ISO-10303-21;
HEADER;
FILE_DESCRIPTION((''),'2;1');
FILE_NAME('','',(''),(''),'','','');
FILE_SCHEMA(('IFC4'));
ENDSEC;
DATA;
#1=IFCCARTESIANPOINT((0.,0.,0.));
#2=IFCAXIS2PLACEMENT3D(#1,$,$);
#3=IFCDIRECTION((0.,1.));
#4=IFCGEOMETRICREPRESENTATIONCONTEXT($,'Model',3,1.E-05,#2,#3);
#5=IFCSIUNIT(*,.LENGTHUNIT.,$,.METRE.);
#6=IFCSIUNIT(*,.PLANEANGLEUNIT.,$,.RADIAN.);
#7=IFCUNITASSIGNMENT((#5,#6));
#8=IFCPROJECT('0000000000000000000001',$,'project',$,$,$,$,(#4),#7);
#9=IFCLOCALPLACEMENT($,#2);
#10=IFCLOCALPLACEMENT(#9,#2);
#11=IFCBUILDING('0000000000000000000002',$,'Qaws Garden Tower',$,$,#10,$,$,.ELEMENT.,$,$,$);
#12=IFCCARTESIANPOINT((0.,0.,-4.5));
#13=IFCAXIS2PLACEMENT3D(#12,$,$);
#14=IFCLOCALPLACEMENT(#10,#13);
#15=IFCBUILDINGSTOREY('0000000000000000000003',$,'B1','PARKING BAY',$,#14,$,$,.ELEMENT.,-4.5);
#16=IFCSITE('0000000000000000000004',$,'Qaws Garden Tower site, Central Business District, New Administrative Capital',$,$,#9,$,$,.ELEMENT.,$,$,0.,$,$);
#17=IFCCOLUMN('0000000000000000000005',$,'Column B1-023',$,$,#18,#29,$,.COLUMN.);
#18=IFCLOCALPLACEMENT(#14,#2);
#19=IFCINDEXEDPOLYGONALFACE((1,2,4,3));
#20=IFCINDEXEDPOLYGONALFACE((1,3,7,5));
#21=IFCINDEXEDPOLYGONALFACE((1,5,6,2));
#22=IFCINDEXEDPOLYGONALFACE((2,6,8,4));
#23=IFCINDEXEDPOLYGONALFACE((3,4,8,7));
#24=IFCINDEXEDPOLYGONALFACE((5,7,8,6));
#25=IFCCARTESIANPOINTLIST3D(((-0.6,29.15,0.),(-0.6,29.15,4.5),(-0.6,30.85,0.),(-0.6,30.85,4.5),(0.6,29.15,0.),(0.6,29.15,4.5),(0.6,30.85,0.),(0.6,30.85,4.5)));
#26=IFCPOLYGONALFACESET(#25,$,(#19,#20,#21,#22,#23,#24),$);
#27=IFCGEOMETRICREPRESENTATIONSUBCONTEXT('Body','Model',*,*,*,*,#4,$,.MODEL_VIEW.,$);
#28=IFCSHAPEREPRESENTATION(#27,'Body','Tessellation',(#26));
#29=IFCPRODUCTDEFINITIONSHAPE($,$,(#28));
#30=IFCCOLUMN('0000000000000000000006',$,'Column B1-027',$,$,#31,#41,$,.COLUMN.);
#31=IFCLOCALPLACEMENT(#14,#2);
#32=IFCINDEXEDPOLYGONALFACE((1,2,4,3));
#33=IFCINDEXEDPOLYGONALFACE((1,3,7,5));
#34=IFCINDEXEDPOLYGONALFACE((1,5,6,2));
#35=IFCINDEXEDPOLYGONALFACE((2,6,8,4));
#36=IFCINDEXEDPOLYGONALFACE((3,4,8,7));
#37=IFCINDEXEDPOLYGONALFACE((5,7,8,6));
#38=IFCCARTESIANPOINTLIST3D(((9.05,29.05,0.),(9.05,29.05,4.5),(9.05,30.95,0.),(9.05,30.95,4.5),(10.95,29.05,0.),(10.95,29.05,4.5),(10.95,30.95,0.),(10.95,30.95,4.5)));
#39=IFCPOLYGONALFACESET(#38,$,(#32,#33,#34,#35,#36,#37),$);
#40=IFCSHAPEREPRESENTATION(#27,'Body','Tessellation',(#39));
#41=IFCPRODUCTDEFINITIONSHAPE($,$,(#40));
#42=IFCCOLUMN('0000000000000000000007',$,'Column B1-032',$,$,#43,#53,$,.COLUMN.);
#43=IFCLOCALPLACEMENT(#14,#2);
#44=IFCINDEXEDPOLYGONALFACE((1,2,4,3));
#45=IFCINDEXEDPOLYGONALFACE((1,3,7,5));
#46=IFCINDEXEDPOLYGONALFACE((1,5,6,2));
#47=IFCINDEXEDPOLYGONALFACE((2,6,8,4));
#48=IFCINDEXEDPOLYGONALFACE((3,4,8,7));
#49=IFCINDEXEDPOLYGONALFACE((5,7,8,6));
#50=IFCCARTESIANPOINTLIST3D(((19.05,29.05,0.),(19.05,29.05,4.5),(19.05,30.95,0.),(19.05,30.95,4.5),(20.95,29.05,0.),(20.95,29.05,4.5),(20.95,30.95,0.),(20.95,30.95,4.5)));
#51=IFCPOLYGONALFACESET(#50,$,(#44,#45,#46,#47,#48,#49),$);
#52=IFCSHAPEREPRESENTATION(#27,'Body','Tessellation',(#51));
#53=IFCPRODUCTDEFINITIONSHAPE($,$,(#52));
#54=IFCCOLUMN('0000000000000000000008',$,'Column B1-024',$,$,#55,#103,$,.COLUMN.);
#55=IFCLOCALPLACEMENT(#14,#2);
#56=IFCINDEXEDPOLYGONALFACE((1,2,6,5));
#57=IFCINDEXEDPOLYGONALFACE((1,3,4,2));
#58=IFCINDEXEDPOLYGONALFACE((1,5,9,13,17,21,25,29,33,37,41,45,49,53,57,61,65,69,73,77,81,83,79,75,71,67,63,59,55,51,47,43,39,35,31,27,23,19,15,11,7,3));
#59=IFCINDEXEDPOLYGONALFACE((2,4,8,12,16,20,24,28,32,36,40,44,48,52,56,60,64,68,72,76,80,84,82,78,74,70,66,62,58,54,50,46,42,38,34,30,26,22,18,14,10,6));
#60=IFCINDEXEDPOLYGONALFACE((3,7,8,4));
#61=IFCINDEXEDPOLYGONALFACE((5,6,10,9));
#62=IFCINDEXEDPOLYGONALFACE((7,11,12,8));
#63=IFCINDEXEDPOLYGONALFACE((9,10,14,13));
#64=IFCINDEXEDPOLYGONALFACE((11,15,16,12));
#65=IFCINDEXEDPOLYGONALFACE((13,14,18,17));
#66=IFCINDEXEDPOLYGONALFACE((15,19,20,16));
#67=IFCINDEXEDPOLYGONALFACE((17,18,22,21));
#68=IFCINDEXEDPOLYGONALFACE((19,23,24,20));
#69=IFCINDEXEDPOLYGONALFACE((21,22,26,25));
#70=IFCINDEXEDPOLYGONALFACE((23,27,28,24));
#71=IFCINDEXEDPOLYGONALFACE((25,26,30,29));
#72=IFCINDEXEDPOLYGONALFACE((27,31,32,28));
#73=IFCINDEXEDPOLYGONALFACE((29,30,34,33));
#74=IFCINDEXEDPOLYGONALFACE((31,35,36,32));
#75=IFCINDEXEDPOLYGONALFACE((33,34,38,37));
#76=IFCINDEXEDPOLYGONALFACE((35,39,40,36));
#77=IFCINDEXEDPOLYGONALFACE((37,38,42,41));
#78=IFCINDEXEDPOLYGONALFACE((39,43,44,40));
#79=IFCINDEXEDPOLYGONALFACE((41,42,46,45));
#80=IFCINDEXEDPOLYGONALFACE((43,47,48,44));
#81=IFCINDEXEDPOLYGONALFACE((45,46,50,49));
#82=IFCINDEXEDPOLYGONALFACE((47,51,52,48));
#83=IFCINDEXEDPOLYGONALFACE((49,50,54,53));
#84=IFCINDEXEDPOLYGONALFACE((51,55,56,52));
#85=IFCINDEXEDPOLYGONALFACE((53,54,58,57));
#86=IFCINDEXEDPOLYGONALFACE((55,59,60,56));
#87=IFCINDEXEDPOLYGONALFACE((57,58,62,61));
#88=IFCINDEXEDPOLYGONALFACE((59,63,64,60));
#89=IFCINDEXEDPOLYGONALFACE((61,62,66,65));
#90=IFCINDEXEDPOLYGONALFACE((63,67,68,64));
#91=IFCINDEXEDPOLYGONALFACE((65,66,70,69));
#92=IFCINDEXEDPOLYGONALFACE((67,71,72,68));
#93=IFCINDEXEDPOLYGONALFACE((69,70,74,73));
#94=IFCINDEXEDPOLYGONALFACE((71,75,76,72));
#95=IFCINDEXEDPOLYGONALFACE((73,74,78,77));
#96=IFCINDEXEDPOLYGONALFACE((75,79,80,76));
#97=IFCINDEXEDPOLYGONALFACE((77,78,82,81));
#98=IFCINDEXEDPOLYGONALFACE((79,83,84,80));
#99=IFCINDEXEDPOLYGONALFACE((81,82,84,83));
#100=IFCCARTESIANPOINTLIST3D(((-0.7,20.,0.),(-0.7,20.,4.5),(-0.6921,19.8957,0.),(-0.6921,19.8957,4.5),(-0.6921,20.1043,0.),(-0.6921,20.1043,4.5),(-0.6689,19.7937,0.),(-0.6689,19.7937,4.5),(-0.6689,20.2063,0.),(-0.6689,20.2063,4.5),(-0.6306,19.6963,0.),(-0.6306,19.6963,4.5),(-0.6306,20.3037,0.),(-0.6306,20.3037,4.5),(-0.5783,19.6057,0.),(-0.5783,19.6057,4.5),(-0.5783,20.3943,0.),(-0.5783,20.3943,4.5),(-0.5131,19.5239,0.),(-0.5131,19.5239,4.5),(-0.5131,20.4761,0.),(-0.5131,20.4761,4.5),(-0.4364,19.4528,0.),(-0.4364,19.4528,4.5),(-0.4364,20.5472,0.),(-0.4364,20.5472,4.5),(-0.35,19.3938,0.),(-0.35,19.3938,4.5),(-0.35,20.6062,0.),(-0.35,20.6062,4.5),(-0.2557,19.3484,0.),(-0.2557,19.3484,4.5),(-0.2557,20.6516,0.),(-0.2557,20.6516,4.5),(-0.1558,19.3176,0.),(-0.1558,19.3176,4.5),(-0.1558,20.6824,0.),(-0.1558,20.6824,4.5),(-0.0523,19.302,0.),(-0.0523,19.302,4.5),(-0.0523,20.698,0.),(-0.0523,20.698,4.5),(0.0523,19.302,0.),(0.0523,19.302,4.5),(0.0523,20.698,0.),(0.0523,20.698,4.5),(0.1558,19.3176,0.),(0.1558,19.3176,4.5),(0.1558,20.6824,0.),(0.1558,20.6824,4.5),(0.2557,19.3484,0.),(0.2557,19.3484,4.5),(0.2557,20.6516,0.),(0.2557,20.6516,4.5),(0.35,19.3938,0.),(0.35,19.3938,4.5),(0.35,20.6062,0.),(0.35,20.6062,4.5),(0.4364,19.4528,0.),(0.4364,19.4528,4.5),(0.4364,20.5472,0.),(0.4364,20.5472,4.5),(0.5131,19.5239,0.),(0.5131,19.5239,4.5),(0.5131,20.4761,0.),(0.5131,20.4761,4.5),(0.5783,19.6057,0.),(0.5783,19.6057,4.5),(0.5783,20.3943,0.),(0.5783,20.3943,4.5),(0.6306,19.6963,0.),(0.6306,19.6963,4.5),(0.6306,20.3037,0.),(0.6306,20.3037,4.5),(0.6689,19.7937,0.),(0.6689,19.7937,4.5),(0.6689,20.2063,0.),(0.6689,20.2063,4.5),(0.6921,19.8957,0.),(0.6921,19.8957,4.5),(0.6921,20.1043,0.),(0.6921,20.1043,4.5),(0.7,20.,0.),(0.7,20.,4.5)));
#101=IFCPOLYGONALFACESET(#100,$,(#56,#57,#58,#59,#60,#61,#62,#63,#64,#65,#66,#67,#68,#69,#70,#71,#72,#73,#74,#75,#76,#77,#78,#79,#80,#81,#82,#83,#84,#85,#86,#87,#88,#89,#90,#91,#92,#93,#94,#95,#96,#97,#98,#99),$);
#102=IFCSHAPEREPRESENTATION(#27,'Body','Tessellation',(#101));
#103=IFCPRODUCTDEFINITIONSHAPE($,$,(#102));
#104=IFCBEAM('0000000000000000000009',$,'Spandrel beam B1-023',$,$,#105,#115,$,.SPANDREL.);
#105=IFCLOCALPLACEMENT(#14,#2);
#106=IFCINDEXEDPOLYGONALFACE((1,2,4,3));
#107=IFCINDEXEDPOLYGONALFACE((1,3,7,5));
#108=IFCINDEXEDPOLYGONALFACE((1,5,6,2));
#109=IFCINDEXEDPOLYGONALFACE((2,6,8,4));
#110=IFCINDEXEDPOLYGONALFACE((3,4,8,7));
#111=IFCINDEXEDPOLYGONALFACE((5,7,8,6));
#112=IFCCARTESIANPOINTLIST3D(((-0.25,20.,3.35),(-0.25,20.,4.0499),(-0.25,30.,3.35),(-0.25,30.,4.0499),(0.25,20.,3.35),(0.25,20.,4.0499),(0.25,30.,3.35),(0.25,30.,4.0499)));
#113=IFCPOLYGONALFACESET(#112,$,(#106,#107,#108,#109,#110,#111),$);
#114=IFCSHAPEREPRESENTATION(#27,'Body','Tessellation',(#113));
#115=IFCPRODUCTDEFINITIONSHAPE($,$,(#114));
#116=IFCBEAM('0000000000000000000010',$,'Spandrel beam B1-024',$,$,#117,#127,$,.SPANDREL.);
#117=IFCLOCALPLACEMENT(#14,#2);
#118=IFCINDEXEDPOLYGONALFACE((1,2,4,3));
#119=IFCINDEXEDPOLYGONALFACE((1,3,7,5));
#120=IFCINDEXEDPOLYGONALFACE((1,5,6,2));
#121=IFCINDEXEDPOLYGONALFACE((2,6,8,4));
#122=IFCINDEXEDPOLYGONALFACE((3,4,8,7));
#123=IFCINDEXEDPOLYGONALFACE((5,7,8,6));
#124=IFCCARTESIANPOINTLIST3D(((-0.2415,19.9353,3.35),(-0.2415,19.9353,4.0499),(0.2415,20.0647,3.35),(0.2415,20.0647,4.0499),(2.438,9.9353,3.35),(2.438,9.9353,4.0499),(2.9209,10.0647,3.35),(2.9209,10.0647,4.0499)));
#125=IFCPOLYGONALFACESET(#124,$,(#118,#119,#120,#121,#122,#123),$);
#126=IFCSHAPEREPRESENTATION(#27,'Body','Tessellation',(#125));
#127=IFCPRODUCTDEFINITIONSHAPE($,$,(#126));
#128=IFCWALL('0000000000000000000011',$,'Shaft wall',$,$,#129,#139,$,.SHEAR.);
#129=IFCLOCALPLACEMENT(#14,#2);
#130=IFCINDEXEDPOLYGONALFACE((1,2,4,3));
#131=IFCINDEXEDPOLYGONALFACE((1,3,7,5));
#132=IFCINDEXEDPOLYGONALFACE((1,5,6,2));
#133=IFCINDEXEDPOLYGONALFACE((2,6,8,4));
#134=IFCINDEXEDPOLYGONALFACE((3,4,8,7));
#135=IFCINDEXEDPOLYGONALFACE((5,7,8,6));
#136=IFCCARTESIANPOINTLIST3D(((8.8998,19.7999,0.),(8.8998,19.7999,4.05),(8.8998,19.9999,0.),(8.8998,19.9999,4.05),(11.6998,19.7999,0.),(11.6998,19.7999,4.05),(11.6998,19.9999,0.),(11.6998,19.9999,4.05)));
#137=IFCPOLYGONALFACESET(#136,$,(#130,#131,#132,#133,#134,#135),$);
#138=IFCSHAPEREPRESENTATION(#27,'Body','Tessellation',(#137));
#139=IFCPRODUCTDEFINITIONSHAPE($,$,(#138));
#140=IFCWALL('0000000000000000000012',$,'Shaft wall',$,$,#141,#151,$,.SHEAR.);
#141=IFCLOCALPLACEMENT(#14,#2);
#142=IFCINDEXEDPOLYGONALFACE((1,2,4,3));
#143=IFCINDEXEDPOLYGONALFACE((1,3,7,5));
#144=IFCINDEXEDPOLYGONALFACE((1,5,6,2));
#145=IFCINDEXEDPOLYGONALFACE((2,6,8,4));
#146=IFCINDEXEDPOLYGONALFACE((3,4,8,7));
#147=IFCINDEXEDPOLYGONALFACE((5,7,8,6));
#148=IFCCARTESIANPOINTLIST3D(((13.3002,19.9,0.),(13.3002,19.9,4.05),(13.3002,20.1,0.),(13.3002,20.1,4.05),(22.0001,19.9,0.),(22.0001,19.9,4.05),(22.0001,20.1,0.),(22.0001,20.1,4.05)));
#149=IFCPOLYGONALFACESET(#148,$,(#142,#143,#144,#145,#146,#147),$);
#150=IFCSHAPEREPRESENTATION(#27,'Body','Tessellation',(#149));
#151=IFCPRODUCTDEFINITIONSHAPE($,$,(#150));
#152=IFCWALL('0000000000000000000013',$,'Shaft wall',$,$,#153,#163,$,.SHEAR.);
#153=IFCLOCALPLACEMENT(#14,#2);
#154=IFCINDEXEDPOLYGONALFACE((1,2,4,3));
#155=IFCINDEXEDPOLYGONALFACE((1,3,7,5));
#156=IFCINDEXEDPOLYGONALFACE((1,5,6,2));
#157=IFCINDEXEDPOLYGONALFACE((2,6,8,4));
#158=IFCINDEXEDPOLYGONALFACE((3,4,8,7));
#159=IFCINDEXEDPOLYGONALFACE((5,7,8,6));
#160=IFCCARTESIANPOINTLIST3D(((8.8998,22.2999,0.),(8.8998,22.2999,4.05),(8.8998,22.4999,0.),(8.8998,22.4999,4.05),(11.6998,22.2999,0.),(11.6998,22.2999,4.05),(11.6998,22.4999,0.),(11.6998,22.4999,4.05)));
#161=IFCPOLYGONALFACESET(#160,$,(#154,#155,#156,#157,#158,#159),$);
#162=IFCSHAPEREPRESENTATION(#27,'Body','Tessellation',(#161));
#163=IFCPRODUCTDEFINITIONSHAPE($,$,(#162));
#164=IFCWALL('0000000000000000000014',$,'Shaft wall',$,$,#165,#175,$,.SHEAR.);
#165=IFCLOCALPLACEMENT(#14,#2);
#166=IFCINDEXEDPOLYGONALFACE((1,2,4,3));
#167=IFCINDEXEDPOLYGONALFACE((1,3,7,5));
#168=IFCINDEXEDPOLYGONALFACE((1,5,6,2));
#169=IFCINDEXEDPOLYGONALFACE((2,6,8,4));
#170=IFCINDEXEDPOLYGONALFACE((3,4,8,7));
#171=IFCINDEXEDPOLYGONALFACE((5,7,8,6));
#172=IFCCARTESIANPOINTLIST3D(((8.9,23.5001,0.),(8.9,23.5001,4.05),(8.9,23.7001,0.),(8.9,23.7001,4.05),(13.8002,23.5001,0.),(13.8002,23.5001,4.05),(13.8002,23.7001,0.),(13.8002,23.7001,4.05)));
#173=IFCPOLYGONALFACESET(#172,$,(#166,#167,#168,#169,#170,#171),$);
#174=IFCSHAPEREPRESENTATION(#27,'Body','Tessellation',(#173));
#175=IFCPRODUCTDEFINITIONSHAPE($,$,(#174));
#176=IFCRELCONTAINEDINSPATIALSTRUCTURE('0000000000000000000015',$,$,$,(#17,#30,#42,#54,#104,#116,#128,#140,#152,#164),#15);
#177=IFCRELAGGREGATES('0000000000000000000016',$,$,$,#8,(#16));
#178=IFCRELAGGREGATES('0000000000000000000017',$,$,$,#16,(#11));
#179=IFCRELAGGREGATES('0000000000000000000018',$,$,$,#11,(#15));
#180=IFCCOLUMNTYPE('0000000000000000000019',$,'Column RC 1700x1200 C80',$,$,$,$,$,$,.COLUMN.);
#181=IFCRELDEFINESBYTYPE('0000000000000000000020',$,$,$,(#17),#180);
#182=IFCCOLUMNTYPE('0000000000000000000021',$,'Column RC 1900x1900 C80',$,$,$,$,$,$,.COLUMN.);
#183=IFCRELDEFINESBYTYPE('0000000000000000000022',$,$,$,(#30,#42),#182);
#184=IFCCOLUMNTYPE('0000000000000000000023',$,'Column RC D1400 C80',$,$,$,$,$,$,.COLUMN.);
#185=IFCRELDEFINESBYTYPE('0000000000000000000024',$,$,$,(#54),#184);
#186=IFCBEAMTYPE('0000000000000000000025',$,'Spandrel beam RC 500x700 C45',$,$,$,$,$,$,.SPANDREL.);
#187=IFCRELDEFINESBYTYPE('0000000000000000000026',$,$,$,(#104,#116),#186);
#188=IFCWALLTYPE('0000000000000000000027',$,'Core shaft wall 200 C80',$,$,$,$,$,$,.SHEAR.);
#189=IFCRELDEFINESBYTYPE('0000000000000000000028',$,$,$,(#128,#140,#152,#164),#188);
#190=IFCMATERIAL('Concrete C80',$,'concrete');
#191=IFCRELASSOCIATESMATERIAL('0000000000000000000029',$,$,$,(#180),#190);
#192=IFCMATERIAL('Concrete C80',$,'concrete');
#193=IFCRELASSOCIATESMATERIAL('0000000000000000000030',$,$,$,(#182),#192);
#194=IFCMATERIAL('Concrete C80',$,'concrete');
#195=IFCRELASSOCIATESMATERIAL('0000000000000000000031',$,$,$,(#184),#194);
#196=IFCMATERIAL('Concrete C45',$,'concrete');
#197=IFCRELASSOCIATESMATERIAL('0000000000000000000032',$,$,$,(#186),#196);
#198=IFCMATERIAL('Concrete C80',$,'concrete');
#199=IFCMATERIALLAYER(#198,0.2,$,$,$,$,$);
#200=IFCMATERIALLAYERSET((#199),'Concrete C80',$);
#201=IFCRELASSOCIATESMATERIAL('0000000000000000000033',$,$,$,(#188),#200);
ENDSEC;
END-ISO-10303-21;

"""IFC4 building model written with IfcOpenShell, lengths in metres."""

from ifc_helpers import new_model, si_unit, direction, frame, frame_2d, origin, origin_2d, place, context, subcontext, project, spatial, rectangle, circle, extrude, material, layer, layer_set, material_profile, profile_set, type_object, element, save


model = new_model("IFC4")

# Units and contexts
model_context = context("Model", 3, precision=1e-05, world=origin(), true_north=direction((0.0, 1.0)))
body_context = subcontext(model_context, "Body", "Model", "MODEL_VIEW")
ifc_project = project(units=[si_unit("LENGTHUNIT", "METRE"), si_unit("PLANEANGLEUNIT", "RADIAN")], contexts=[model_context])

# Site, building, storey
site_placement = place(None, origin())
site = spatial("IfcSite", under=ifc_project, at=site_placement, Name="Qaws Garden Tower site, Central Business District, New Administrative Capital", CompositionType="ELEMENT", RefElevation=0.0)
building_placement = place(site_placement, origin())
building = spatial("IfcBuilding", under=site, at=building_placement, Name="Qaws Garden Tower", CompositionType="ELEMENT")
storey_placement = place(building_placement, frame((0.0, 0.0, -4.5)))
storey = spatial("IfcBuildingStorey", under=building, at=storey_placement, Name="B1", Description="PARKING BAY", CompositionType="ELEMENT", Elevation=-4.5)

# Columns
ifc_material_1 = material(Name="Concrete C80", Category="concrete")
ifc_material_profile_1 = material_profile(ifc_material_1, rectangle(XDim=1.7, YDim=1.2, at=origin_2d()), Name="RC 1700x1200")
ifc_profile_set_1 = profile_set([ifc_material_profile_1], Name="Concrete C80")
column_type_1 = type_object("IfcColumnType", Name="Column RC 1700x1200 C80", PredefinedType="COLUMN", material=ifc_profile_set_1)
column_1_placement = place(storey_placement, frame((0.0, 30.0, 0.0), z_axis=(0.0, 0.0, 1.0), x_axis=(0.0, 1.0, 0.0)))
element("IfcColumn", 1, at=column_1_placement, inside=storey, type_object=column_type_1, Name="Column B1-023", PredefinedType="COLUMN", context=body_context, shape_type="SweptSolid", body=[
    extrude(rectangle(XDim=1.7, YDim=1.2, at=origin_2d()), origin(), (0.0, 0.0, 1.0), 4.5),
])
ifc_material_2 = material(Name="Concrete C80", Category="concrete")
ifc_material_profile_2 = material_profile(ifc_material_2, rectangle(XDim=1.8999, YDim=1.8999, at=origin_2d()), Name="RC 1900x1900")
ifc_profile_set_2 = profile_set([ifc_material_profile_2], Name="Concrete C80")
column_type_2 = type_object("IfcColumnType", Name="Column RC 1900x1900 C80", PredefinedType="COLUMN", material=ifc_profile_set_2)
for number, where, z_axis, x_axis, name in (
    (2, (10.0, 30.0, 0.0), (0.0, 0.0, 1.0), (1.0, 0.0, 0.0), "Column B1-027"),
    (3, (20.0, 30.0, 0.0), (0.0, 0.0, 1.0), (1.0, 0.0, 0.0), "Column B1-032"),
):
    element("IfcColumn", number, at=place(storey_placement, frame(where, z_axis=z_axis, x_axis=x_axis)), inside=storey, type_object=column_type_2, Name=name, PredefinedType="COLUMN", context=body_context, shape_type="SweptSolid", body=[
        extrude(rectangle(XDim=1.8999, YDim=1.8999, at=origin_2d()), origin(), (0.0, 0.0, 1.0), 4.5),
    ])
ifc_material_3 = material(Name="Concrete C80", Category="concrete")
ifc_material_profile_3 = material_profile(ifc_material_3, circle(Radius=0.7, at=origin_2d()), Name="RC D1400")
ifc_profile_set_3 = profile_set([ifc_material_profile_3], Name="Concrete C80")
column_type_3 = type_object("IfcColumnType", Name="Column RC D1400 C80", PredefinedType="COLUMN", material=ifc_profile_set_3)
column_2_placement = place(storey_placement, frame((0.0, 20.0, 0.0), z_axis=(0.0, 0.0, 1.0), x_axis=(1.0, 0.0, 0.0)))
element("IfcColumn", 4, at=column_2_placement, inside=storey, type_object=column_type_3, Name="Column B1-024", PredefinedType="COLUMN", context=body_context, shape_type="SweptSolid", body=[
    extrude(circle(Radius=0.7, at=origin_2d()), origin(), (0.0, 0.0, 1.0), 4.5),
])

# Beams
ifc_material_4 = material(Name="Concrete C45", Category="concrete")
ifc_material_profile_4 = material_profile(ifc_material_4, rectangle(XDim=0.5, YDim=0.7, at=origin_2d()), Name="RC 500x700")
ifc_profile_set_4 = profile_set([ifc_material_profile_4], Name="Concrete C45")
beam_type = type_object("IfcBeamType", Name="Spandrel beam RC 500x700 C45", PredefinedType="SPANDREL", material=ifc_profile_set_4)
beam_1_placement = place(storey_placement, frame((0.0, 30.0, 3.7), z_axis=(0.0, -1.0, 0.0), x_axis=(1.0, 0.0, 0.0)))
element("IfcBeam", 5, at=beam_1_placement, inside=storey, type_object=beam_type, Name="Spandrel beam B1-023", PredefinedType="SPANDREL", context=body_context, shape_type="SweptSolid", body=[
    extrude(rectangle(XDim=0.5, YDim=0.7, at=origin_2d()), origin(), (0.0, 0.0, 1.0), 10.0),
])
beam_2_placement = place(storey_placement, frame((0.0, 20.0, 3.7), z_axis=(0.258815, -0.965927, 0.0), x_axis=(0.965927, 0.258815, 0.0)))
element("IfcBeam", 6, at=beam_2_placement, inside=storey, type_object=beam_type, Name="Spandrel beam B1-024", PredefinedType="SPANDREL", context=body_context, shape_type="SweptSolid", body=[
    extrude(rectangle(XDim=0.5, YDim=0.7, at=origin_2d()), origin(), (0.0, 0.0, 1.0), 10.3528),
])

# Walls
ifc_material_5 = material(Name="Concrete C80", Category="concrete")
ifc_layer_1 = layer(ifc_material_5, 0.2)
ifc_layer_set_1 = layer_set([ifc_layer_1], Name="Concrete C80")
wall_type_1 = type_object("IfcWallType", Name="Core shaft wall 200 C80", PredefinedType="SHEAR", material=ifc_layer_set_1)
wall_1_placement = place(storey_placement, frame((8.8999, 19.8999, 0.0), z_axis=(0.0, 0.0, 1.0), x_axis=(1.0, 0.0, 0.0)))
element("IfcWall", 7, at=wall_1_placement, inside=storey, type_object=wall_type_1, Name="Shaft wall", PredefinedType="SHEAR", context=body_context, shape_type="SweptSolid", body=[
    extrude(rectangle(XDim=2.8, YDim=0.2, at=frame_2d((1.3999, 0.0))), origin(), (0.0, 0.0, 1.0), 4.05),
])
wall_2_placement = place(storey_placement, frame((13.3, 20.0, 0.0), z_axis=(0.0, 0.0, 1.0), x_axis=(1.0, 0.0, 0.0)))
element("IfcWall", 8, at=wall_2_placement, inside=storey, type_object=wall_type_1, Name="Shaft wall", PredefinedType="SHEAR", context=body_context, shape_type="SweptSolid", body=[
    extrude(rectangle(XDim=8.7, YDim=0.2, at=frame_2d((4.3501, 0.0))), origin(), (0.0, 0.0, 1.0), 4.05),
])
wall_3_placement = place(storey_placement, frame((8.8999, 22.3999, 0.0), z_axis=(0.0, 0.0, 1.0), x_axis=(1.0, 0.0, 0.0)))
element("IfcWall", 9, at=wall_3_placement, inside=storey, type_object=wall_type_1, Name="Shaft wall", PredefinedType="SHEAR", context=body_context, shape_type="SweptSolid", body=[
    extrude(rectangle(XDim=2.8, YDim=0.2, at=frame_2d((1.3999, 0.0))), origin(), (0.0, 0.0, 1.0), 4.05),
])
wall_4_placement = place(storey_placement, frame((8.8999, 23.6001, 0.0), z_axis=(0.0, 0.0, 1.0), x_axis=(1.0, 0.0, 0.0)))
element("IfcWall", 10, at=wall_4_placement, inside=storey, type_object=wall_type_1, Name="Shaft wall", PredefinedType="SHEAR", context=body_context, shape_type="SweptSolid", body=[
    extrude(rectangle(XDim=4.9001, YDim=0.2, at=frame_2d((2.4502, 0.0))), origin(), (0.0, 0.0, 1.0), 4.05),
])

save(model, "model.ifc")
